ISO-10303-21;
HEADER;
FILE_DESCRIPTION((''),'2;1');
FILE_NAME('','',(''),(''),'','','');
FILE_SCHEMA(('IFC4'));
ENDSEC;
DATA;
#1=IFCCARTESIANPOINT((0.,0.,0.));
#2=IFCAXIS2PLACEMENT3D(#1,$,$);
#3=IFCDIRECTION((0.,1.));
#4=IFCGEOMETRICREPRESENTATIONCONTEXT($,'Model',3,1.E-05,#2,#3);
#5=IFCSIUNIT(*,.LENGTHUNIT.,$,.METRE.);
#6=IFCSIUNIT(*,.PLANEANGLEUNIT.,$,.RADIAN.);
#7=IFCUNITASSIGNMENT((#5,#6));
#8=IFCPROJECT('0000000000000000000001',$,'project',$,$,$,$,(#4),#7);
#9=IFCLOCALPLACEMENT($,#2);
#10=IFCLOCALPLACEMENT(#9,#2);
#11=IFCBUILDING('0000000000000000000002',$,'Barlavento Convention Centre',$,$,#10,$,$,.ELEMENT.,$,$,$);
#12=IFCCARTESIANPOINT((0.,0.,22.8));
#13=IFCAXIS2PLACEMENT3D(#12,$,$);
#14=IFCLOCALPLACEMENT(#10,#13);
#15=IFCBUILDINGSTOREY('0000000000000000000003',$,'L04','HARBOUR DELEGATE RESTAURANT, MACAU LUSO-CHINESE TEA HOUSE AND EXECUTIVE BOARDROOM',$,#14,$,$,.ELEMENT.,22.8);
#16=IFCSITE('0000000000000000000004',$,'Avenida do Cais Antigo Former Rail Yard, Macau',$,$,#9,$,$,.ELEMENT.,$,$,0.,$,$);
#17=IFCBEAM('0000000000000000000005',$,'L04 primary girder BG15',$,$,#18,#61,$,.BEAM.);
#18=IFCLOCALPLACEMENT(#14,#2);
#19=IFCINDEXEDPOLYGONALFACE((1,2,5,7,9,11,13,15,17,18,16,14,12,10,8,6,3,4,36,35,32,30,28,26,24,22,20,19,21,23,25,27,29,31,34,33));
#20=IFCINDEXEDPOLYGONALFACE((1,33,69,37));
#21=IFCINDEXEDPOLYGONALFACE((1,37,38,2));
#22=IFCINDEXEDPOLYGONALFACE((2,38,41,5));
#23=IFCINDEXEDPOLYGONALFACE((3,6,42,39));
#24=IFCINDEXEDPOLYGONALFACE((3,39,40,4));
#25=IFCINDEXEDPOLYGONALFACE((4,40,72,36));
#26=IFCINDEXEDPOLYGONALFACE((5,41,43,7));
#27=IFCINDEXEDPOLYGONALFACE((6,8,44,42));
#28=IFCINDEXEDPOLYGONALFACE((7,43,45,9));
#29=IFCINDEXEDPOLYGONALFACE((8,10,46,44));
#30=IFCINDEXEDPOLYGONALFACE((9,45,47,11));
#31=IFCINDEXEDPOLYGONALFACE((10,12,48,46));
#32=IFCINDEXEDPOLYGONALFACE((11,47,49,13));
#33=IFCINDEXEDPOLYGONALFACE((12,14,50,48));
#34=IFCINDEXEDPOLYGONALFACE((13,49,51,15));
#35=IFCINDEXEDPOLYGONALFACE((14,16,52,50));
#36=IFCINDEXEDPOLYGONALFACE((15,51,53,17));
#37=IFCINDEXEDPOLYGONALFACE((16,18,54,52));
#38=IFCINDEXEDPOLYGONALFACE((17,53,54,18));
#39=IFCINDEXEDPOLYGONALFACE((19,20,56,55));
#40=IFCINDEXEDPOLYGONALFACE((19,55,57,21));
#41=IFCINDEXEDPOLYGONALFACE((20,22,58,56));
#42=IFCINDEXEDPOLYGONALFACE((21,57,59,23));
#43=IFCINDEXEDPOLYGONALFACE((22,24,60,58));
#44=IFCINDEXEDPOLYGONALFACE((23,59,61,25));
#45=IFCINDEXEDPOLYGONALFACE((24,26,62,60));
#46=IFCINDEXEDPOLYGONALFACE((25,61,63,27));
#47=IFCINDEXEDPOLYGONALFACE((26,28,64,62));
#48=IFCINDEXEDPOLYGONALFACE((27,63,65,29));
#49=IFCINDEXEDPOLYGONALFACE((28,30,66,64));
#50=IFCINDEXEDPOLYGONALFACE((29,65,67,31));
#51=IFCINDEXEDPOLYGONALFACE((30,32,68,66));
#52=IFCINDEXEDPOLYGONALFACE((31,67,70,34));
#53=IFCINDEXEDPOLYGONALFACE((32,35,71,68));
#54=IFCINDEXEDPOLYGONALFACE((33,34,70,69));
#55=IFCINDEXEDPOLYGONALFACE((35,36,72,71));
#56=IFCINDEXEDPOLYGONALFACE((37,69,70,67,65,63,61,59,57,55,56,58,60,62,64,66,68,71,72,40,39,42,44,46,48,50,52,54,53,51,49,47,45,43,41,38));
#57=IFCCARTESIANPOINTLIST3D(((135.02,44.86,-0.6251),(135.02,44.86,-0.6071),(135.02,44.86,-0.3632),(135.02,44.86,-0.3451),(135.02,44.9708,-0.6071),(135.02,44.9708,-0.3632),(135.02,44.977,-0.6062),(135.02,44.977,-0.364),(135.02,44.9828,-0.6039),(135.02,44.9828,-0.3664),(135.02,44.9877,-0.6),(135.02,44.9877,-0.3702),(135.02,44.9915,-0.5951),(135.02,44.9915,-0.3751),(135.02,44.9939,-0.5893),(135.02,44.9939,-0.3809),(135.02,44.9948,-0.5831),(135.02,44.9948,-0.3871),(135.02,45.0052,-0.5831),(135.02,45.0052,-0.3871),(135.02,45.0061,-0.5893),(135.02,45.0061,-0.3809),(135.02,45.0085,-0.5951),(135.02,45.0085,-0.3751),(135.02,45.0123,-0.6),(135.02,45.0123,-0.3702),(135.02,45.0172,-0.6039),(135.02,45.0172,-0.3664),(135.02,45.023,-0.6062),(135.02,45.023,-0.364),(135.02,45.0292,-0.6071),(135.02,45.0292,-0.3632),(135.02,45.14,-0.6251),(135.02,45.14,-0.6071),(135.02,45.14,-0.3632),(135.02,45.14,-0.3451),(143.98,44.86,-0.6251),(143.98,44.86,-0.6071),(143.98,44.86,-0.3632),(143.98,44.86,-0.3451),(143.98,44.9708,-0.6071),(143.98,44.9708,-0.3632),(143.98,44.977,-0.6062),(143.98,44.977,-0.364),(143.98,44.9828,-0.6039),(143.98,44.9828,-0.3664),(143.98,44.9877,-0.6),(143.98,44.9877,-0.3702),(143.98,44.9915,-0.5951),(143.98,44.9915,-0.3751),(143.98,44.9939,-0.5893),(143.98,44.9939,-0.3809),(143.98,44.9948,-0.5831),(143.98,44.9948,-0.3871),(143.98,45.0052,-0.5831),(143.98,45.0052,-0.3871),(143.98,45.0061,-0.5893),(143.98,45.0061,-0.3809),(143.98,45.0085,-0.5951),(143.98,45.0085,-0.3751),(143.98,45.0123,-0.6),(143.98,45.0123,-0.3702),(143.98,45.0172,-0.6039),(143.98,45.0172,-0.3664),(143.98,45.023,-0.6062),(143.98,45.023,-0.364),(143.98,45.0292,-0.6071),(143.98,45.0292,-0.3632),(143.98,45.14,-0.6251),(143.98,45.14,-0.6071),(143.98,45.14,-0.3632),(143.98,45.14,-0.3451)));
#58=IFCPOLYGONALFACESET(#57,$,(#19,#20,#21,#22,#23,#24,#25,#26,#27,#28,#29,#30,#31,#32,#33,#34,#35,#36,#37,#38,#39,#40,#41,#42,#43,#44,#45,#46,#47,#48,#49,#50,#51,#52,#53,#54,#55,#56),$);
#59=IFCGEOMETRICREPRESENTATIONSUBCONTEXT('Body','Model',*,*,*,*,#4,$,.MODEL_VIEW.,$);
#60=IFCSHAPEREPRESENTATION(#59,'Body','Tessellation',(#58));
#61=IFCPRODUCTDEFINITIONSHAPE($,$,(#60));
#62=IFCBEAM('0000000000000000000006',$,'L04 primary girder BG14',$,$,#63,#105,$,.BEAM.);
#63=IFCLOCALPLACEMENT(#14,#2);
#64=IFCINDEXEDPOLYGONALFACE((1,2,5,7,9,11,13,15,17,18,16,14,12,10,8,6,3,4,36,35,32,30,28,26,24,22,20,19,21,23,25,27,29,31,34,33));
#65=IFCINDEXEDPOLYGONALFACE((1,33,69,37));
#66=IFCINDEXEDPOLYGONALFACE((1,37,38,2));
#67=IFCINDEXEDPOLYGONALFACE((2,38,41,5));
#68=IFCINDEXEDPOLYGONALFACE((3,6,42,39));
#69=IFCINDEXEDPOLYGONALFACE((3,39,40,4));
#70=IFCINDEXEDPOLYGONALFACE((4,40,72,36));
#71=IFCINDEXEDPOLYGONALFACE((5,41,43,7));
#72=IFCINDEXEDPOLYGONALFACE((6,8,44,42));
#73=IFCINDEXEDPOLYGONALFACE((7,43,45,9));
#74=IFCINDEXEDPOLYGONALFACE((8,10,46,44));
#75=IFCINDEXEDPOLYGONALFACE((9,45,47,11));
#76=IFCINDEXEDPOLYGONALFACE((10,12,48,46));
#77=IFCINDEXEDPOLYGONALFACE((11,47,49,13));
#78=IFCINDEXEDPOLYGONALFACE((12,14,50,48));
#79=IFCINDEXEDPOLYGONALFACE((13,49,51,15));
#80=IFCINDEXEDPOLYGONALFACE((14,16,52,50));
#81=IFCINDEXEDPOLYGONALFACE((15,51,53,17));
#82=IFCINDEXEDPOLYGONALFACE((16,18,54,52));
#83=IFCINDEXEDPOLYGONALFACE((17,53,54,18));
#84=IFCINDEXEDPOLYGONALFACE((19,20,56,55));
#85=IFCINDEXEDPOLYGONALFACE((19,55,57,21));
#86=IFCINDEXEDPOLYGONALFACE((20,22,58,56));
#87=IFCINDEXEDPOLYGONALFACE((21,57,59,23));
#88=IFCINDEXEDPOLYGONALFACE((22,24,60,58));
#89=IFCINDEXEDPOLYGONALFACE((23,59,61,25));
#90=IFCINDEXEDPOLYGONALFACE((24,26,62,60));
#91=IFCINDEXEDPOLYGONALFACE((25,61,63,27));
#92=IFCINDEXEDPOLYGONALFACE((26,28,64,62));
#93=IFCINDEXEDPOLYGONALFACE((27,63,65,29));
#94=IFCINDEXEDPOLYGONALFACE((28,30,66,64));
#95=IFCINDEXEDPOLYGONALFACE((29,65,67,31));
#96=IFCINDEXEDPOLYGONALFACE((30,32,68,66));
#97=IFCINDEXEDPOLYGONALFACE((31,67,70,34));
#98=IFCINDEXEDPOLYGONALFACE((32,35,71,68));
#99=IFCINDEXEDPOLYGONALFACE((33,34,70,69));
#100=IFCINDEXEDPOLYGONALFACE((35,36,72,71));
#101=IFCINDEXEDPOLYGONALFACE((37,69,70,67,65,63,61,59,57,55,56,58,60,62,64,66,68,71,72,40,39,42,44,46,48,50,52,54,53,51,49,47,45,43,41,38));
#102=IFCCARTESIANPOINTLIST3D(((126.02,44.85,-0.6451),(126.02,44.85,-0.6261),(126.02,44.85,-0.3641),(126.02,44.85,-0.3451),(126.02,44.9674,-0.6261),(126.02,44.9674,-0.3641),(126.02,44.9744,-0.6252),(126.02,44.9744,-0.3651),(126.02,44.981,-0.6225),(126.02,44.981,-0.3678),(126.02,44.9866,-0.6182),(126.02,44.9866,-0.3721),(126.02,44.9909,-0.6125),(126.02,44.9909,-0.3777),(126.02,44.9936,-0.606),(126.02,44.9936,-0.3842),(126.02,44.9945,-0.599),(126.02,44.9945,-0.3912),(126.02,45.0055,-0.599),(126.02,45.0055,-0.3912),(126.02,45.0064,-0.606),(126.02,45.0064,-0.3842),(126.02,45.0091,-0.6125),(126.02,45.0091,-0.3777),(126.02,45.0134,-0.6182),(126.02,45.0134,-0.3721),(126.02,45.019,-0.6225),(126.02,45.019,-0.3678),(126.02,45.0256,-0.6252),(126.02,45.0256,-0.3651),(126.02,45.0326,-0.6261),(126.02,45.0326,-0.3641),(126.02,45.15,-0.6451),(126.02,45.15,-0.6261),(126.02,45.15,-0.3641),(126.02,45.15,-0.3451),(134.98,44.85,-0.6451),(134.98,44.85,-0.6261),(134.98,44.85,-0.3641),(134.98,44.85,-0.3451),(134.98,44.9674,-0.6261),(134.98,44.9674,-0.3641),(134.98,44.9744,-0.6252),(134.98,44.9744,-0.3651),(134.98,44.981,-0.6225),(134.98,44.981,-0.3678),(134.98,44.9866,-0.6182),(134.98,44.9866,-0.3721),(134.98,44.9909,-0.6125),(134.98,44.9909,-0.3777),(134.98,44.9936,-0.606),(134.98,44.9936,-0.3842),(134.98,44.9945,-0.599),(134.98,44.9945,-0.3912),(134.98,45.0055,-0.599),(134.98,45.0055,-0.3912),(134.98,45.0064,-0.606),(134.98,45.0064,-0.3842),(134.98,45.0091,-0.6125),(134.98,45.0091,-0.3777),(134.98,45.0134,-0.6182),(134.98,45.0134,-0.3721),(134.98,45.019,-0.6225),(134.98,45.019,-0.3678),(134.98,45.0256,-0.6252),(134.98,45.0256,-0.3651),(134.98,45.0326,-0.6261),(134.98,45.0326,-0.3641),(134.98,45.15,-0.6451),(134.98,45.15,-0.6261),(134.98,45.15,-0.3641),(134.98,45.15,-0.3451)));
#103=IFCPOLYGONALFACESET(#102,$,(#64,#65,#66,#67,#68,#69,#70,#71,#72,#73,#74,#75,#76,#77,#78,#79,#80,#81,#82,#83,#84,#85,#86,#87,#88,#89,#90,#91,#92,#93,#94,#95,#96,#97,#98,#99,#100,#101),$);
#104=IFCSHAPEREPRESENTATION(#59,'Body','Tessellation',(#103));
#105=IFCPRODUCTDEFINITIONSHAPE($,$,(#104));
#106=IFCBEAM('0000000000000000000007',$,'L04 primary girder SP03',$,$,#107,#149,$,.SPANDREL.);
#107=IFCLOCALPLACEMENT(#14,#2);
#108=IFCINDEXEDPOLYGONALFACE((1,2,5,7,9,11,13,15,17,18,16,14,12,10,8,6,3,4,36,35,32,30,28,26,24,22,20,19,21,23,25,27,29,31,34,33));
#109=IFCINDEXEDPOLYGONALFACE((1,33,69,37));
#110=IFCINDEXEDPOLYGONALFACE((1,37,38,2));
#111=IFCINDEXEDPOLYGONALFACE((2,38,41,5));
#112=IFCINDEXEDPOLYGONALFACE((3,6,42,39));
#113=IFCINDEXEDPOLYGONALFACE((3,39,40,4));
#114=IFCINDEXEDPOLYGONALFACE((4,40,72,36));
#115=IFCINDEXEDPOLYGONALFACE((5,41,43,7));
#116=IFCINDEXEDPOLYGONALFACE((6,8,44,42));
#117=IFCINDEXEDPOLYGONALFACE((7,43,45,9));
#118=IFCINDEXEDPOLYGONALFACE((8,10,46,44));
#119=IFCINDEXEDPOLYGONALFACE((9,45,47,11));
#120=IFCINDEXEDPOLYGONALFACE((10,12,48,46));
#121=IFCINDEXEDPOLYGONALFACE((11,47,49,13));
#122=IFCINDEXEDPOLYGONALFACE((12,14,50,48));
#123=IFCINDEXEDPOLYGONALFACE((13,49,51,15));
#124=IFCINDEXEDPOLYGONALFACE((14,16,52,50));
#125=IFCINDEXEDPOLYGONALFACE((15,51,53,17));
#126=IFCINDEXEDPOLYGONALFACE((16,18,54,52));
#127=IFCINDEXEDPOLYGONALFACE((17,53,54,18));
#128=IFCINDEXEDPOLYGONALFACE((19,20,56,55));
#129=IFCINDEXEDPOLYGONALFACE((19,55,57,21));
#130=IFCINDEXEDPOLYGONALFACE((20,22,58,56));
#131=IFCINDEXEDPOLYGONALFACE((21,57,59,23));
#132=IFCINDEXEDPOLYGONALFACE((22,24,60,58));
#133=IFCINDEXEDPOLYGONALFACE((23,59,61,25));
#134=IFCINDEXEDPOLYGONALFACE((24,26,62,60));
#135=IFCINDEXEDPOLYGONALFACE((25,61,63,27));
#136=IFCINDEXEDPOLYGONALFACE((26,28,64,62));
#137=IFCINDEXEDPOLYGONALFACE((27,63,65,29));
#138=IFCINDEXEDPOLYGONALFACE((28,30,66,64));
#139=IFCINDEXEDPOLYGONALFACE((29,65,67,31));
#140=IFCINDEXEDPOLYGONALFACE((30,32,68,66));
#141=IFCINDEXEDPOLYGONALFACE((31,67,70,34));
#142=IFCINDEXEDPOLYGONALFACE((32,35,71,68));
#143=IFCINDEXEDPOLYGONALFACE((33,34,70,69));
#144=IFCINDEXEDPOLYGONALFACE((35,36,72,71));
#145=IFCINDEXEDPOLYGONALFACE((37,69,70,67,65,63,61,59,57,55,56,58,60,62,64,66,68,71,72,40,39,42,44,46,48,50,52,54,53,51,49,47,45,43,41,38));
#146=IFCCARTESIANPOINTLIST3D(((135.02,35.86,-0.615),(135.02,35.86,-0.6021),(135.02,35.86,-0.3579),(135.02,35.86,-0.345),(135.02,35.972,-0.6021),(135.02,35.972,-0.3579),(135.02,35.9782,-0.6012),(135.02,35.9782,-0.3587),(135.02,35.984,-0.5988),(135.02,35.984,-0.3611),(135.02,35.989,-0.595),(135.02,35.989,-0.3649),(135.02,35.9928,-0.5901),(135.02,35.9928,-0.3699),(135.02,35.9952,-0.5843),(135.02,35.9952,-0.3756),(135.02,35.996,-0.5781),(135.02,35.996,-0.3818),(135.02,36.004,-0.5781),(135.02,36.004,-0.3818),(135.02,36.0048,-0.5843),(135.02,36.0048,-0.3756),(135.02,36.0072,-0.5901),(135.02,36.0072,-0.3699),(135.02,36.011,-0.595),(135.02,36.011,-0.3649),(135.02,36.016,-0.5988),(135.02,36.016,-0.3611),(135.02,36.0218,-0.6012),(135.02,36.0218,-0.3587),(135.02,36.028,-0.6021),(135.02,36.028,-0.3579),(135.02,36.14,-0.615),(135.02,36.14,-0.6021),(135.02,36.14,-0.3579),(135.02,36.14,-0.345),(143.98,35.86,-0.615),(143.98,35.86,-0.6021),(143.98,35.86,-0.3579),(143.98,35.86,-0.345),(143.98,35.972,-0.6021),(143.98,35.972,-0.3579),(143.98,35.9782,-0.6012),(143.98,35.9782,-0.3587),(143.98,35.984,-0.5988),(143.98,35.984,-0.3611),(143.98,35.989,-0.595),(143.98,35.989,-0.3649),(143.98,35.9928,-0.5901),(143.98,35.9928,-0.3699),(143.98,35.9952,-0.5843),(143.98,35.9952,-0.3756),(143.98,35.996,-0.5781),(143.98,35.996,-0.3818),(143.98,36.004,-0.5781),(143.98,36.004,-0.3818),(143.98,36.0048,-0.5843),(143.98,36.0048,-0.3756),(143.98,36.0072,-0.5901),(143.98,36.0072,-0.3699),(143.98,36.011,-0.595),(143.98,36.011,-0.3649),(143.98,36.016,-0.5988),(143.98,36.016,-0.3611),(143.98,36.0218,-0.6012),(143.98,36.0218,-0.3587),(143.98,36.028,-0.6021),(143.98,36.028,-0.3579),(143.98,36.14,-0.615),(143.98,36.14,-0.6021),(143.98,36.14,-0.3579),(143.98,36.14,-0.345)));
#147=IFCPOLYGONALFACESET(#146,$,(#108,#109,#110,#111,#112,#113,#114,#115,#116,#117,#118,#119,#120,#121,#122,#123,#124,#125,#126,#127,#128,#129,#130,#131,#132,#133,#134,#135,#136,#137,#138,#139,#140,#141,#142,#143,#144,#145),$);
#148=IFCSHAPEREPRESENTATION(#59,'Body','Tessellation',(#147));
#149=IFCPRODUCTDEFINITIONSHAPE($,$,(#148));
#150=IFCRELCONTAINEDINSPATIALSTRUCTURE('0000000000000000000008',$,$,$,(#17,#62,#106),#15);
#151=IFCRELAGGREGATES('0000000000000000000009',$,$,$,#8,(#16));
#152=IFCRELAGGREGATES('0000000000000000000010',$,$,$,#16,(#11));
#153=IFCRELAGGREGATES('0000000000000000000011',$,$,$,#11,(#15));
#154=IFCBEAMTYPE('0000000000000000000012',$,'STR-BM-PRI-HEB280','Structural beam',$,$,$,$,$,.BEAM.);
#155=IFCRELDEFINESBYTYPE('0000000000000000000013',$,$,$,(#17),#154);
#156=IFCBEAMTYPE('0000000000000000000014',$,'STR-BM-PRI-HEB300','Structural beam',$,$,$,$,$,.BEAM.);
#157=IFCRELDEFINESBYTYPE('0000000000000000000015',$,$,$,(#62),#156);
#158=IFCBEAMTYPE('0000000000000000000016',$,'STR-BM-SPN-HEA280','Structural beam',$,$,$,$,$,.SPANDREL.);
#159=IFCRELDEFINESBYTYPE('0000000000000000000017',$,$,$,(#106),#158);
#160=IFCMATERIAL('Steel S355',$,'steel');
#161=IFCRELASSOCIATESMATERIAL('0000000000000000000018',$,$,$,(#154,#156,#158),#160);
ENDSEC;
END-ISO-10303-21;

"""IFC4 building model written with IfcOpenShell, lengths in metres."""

from ifc_helpers import new_model, si_unit, direction, frame, origin, origin_2d, place, context, subcontext, project, spatial, i_section, extrude, material, material_profile, profile_set, type_object, element, save


model = new_model("IFC4")

# Units and contexts
model_context = context("Model", 3, precision=1e-05, world=origin(), true_north=direction((0.0, 1.0)))
body_context = subcontext(model_context, "Body", "Model", "MODEL_VIEW")
ifc_project = project(units=[si_unit("LENGTHUNIT", "METRE"), si_unit("PLANEANGLEUNIT", "RADIAN")], contexts=[model_context])

# Site, building, storey
site_placement = place(None, origin())
site = spatial("IfcSite", under=ifc_project, at=site_placement, Name="Avenida do Cais Antigo Former Rail Yard, Macau", CompositionType="ELEMENT", RefElevation=0.0)
building_placement = place(site_placement, origin())
building = spatial("IfcBuilding", under=site, at=building_placement, Name="Barlavento Convention Centre", CompositionType="ELEMENT")
storey_placement = place(building_placement, frame((0.0, 0.0, 22.8)))
storey = spatial("IfcBuildingStorey", under=building, at=storey_placement, Name="L04", Description="HARBOUR DELEGATE RESTAURANT, MACAU LUSO-CHINESE TEA HOUSE AND EXECUTIVE BOARDROOM", CompositionType="ELEMENT", Elevation=22.8)

# Beams
ifc_material_1 = material(Name="Steel S355", Category="steel")
ifc_material_profile_1 = material_profile(ifc_material_1, i_section(OverallWidth=0.28, OverallDepth=0.28, WebThickness=0.0105, FlangeThickness=0.0181, FilletRadius=0.0239, at=origin_2d()), Name="HEB 280")
ifc_profile_set_1 = profile_set([ifc_material_profile_1], Name="Steel S355")
beam_type_1 = type_object("IfcBeamType", Name="STR-BM-PRI-HEB280", Description="Structural beam", PredefinedType="BEAM", material=ifc_profile_set_1)
beam_1_placement = place(storey_placement, frame((135.02, 45.0, -0.4851), z_axis=(1.0, 0.0, 0.0), x_axis=(0.0, 1.0, 0.0)))
element("IfcBeam", 1, at=beam_1_placement, inside=storey, type_object=beam_type_1, Name="L04 primary girder BG15", PredefinedType="BEAM", context=body_context, shape_type="SweptSolid", body=[
    extrude(i_section(OverallWidth=0.28, OverallDepth=0.28, WebThickness=0.0105, FlangeThickness=0.0181, FilletRadius=0.0239, at=origin_2d()), origin(), (0.0, 0.0, 1.0), 8.96),
])
ifc_material_profile_2 = material_profile(ifc_material_1, i_section(OverallWidth=0.3, OverallDepth=0.3, WebThickness=0.011, FlangeThickness=0.019, FilletRadius=0.0271, at=origin_2d()), Name="HEB 300")
ifc_profile_set_2 = profile_set([ifc_material_profile_2], Name="Steel S355")
beam_type_2 = type_object("IfcBeamType", Name="STR-BM-PRI-HEB300", Description="Structural beam", PredefinedType="BEAM", material=ifc_profile_set_2)
beam_2_placement = place(storey_placement, frame((126.02, 45.0, -0.4951), z_axis=(1.0, 0.0, 0.0), x_axis=(0.0, 1.0, 0.0)))
element("IfcBeam", 2, at=beam_2_placement, inside=storey, type_object=beam_type_2, Name="L04 primary girder BG14", PredefinedType="BEAM", context=body_context, shape_type="SweptSolid", body=[
    extrude(i_section(OverallWidth=0.3, OverallDepth=0.3, WebThickness=0.011, FlangeThickness=0.019, FilletRadius=0.0271, at=origin_2d()), origin(), (0.0, 0.0, 1.0), 8.96),
])
ifc_material_profile_3 = material_profile(ifc_material_1, i_section(OverallWidth=0.28, OverallDepth=0.27, WebThickness=0.0081, FlangeThickness=0.0129, FilletRadius=0.0239, at=origin_2d()), Name="HEA 280")
ifc_profile_set_3 = profile_set([ifc_material_profile_3], Name="Steel S355")
beam_type_3 = type_object("IfcBeamType", Name="STR-BM-SPN-HEA280", Description="Structural beam", PredefinedType="SPANDREL", material=ifc_profile_set_3)
beam_3_placement = place(storey_placement, frame((135.02, 36.0, -0.48), z_axis=(1.0, 0.0, 0.0), x_axis=(0.0, 1.0, 0.0)))
element("IfcBeam", 3, at=beam_3_placement, inside=storey, type_object=beam_type_3, Name="L04 primary girder SP03", PredefinedType="SPANDREL", context=body_context, shape_type="SweptSolid", body=[
    extrude(i_section(OverallWidth=0.28, OverallDepth=0.27, WebThickness=0.0081, FlangeThickness=0.0129, FilletRadius=0.0239, at=origin_2d()), origin(), (0.0, 0.0, 1.0), 8.96),
])

save(model, "model.ifc")
